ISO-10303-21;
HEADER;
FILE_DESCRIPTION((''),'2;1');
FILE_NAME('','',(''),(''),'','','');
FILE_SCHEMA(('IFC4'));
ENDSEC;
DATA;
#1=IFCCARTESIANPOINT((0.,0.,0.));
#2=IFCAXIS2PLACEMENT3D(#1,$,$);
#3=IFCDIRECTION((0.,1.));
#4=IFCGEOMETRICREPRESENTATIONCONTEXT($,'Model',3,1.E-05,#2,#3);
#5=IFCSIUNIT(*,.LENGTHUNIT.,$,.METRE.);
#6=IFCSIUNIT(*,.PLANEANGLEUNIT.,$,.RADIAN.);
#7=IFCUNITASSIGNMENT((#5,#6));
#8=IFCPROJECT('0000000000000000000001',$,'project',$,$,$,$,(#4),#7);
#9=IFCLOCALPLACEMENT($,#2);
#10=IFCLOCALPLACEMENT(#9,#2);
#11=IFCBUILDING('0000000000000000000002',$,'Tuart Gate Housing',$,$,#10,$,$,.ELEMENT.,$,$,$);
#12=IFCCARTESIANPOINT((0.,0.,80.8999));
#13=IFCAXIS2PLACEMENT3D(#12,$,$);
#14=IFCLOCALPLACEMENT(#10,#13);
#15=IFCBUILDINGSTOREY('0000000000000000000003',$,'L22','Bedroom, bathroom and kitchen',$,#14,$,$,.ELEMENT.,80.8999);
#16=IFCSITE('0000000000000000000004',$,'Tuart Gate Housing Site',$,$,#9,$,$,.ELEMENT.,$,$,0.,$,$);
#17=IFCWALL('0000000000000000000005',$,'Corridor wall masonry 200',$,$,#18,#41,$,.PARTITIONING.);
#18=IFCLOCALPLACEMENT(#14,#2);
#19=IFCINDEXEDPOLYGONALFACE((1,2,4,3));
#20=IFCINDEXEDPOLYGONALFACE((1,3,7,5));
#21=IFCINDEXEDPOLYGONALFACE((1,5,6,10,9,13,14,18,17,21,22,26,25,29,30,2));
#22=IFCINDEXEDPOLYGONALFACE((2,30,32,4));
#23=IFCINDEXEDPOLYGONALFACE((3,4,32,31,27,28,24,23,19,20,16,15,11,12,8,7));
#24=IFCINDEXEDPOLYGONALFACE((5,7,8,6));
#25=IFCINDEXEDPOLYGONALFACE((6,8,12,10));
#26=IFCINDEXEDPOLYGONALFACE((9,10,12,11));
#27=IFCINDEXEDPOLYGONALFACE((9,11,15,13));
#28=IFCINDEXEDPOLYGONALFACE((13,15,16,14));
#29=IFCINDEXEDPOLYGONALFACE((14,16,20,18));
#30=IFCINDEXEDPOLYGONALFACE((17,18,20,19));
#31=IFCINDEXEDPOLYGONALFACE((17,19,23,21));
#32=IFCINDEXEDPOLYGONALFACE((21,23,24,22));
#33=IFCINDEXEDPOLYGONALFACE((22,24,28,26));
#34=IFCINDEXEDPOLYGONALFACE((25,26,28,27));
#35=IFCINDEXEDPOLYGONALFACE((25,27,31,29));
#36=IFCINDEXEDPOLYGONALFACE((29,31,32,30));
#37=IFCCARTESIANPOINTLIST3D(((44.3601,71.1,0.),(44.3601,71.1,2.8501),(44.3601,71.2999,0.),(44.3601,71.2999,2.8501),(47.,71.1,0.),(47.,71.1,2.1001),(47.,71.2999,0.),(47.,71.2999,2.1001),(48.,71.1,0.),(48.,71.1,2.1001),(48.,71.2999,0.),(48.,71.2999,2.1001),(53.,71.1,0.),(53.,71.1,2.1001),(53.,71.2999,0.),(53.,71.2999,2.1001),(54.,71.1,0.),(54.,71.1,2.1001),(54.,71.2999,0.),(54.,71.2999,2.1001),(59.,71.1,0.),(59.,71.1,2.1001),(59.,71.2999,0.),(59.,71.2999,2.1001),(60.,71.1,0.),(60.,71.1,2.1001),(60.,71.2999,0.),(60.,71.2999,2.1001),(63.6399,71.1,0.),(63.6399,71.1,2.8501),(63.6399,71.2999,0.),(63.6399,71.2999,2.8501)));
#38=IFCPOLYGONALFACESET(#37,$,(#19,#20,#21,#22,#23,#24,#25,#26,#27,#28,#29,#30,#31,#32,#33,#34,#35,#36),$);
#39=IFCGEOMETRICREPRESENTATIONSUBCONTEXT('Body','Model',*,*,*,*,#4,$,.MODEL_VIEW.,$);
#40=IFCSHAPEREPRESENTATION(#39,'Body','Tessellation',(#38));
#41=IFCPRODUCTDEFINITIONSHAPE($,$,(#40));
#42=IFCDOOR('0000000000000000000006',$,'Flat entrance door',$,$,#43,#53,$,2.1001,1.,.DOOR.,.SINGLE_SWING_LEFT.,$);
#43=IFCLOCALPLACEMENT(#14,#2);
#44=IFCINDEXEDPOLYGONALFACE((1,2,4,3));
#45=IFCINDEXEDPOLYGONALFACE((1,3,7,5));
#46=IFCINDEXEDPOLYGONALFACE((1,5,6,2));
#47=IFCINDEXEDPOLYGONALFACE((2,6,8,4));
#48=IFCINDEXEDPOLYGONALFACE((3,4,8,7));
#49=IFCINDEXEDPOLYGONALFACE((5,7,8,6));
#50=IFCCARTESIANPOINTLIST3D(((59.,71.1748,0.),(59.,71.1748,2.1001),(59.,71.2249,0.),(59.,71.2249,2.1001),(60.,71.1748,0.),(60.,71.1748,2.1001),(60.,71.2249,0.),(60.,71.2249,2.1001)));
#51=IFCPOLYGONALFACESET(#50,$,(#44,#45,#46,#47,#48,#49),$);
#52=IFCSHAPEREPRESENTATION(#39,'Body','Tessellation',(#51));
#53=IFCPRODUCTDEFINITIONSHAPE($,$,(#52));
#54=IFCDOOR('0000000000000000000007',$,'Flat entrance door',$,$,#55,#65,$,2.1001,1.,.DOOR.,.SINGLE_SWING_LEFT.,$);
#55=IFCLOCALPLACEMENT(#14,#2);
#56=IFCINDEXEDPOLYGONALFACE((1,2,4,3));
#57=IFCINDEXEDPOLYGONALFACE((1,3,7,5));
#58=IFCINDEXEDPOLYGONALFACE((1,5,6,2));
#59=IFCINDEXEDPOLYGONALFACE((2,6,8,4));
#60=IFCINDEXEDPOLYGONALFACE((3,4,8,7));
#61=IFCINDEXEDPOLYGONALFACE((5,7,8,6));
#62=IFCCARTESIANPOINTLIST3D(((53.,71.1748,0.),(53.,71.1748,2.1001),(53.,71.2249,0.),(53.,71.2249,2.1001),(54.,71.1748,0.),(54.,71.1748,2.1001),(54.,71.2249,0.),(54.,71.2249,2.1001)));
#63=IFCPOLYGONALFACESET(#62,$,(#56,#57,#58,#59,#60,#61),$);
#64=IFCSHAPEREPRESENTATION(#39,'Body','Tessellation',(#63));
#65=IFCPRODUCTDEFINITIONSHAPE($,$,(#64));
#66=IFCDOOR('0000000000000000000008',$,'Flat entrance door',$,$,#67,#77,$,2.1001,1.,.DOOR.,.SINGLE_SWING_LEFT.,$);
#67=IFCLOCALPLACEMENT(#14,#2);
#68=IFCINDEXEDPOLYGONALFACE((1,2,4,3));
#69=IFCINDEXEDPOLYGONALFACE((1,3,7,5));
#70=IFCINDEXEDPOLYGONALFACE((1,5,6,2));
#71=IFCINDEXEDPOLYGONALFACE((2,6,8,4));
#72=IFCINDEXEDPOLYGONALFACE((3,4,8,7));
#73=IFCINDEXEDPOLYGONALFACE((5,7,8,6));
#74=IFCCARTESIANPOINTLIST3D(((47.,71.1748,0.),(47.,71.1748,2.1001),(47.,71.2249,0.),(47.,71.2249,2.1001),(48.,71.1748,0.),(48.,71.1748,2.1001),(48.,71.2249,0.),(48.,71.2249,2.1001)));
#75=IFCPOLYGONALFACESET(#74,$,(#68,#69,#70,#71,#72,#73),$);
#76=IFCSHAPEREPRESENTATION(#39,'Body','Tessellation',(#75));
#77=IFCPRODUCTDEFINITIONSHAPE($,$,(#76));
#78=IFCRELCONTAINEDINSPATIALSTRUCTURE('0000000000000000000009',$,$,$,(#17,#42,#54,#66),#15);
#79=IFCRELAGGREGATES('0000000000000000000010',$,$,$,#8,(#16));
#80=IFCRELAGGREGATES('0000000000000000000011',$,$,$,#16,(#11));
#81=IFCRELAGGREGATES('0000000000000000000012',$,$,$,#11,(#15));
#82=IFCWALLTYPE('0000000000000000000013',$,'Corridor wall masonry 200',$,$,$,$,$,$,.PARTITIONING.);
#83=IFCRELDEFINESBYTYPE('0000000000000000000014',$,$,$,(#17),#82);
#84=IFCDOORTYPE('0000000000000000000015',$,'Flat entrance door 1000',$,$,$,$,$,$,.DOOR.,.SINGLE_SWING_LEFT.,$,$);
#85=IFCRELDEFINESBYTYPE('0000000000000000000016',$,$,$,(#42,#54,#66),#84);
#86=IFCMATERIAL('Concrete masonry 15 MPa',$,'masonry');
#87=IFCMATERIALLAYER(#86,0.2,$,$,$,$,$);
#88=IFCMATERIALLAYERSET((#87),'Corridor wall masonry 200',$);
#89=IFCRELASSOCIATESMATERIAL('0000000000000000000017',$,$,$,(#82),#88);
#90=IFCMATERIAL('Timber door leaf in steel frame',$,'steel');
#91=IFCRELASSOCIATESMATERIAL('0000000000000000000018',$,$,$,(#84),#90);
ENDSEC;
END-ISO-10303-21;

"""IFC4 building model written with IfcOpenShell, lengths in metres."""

from ifc_helpers import new_model, si_unit, direction, frame, frame_2d, origin, place, context, subcontext, project, spatial, rectangle, extrude, material, layer, layer_set, type_object, element, fill, save


model = new_model("IFC4")

# Units and contexts
model_context = context("Model", 3, precision=1e-05, world=origin(), true_north=direction((0.0, 1.0)))
body_context = subcontext(model_context, "Body", "Model", "MODEL_VIEW")
ifc_project = project(units=[si_unit("LENGTHUNIT", "METRE"), si_unit("PLANEANGLEUNIT", "RADIAN")], contexts=[model_context])

# Site, building, storey
site_placement = place(None, origin())
site = spatial("IfcSite", under=ifc_project, at=site_placement, Name="Tuart Gate Housing Site", CompositionType="ELEMENT", RefElevation=0.0)
building_placement = place(site_placement, origin())
building = spatial("IfcBuilding", under=site, at=building_placement, Name="Tuart Gate Housing", CompositionType="ELEMENT")
storey_placement = place(building_placement, frame((0.0, 0.0, 80.8999)))
storey = spatial("IfcBuildingStorey", under=building, at=storey_placement, Name="L22", Description="Bedroom, bathroom and kitchen", CompositionType="ELEMENT", Elevation=80.8999)

# Wall, openings, doors
ifc_material_1 = material(Name="Concrete masonry 15 MPa", Category="masonry")
ifc_layer_1 = layer(ifc_material_1, 0.2)
ifc_layer_set_1 = layer_set([ifc_layer_1], Name="Corridor wall masonry 200")
wall_type_1 = type_object("IfcWallType", Name="Corridor wall masonry 200", PredefinedType="PARTITIONING", material=ifc_layer_set_1)
wall_1_placement = place(storey_placement, frame((44.3601, 71.2, 0.0), z_axis=(0.0, 0.0, 1.0), x_axis=(1.0, 0.0, 0.0)))
wall_1 = element("IfcWall", 1, at=wall_1_placement, inside=storey, type_object=wall_type_1, Name="Corridor wall masonry 200", PredefinedType="PARTITIONING", context=body_context, shape_type="SweptSolid", body=[
    extrude(rectangle(XDim=19.2798, YDim=0.2, at=frame_2d((9.6399, 0.0))), origin(), (0.0, 0.0, 1.0), 2.8501),
])
opening_1_placement = place(wall_1_placement, frame((14.6399, 0.0, 0.0)))
opening_1 = element("IfcOpeningElement", 2, at=opening_1_placement, cuts=wall_1, PredefinedType="OPENING", context=body_context, shape_type="SweptSolid", body=[
    extrude(rectangle(XDim=1.0, YDim=2.1001, at=frame_2d((0.5, 1.05))), frame((0.0, 0.1099, 0.0), z_axis=(0.0, -1.0, 0.0), x_axis=(1.0, 0.0, 0.0)), (0.0, 0.0, 1.0), 0.22),
])
opening_2_placement = place(wall_1_placement, frame((8.6399, 0.0, 0.0)))
opening_2 = element("IfcOpeningElement", 3, at=opening_2_placement, cuts=wall_1, PredefinedType="OPENING", context=body_context, shape_type="SweptSolid", body=[
    extrude(rectangle(XDim=1.0, YDim=2.1001, at=frame_2d((0.5, 1.05))), frame((0.0, 0.1099, 0.0), z_axis=(0.0, -1.0, 0.0), x_axis=(1.0, 0.0, 0.0)), (0.0, 0.0, 1.0), 0.22),
])
opening_3_placement = place(wall_1_placement, frame((2.6399, 0.0, 0.0)))
opening_3 = element("IfcOpeningElement", 4, at=opening_3_placement, cuts=wall_1, PredefinedType="OPENING", context=body_context, shape_type="SweptSolid", body=[
    extrude(rectangle(XDim=1.0, YDim=2.1001, at=frame_2d((0.5, 1.05))), frame((0.0, 0.1099, 0.0), z_axis=(0.0, -1.0, 0.0), x_axis=(1.0, 0.0, 0.0)), (0.0, 0.0, 1.0), 0.22),
])
ifc_material_2 = material(Name="Timber door leaf in steel frame", Category="steel")
door_type_1 = type_object("IfcDoorType", Name="Flat entrance door 1000", OperationType="SINGLE_SWING_LEFT", PredefinedType="DOOR", material=ifc_material_2)
door_1_placement = place(opening_1_placement, origin())
door_1 = element("IfcDoor", 5, at=door_1_placement, inside=storey, type_object=door_type_1, Name="Flat entrance door", OperationType="SINGLE_SWING_LEFT", OverallHeight=2.1001, OverallWidth=1.0, PredefinedType="DOOR", context=body_context, shape_type="SweptSolid", body=[
    extrude(rectangle(XDim=1.0, YDim=2.1001, at=frame_2d((0.5, 1.05))), frame((0.0, 0.0249, 0.0), z_axis=(0.0, -1.0, 0.0), x_axis=(1.0, 0.0, 0.0)), (0.0, 0.0, 1.0), 0.05),
])
fill(opening_1, door_1)
door_2_placement = place(opening_2_placement, origin())
door_2 = element("IfcDoor", 6, at=door_2_placement, inside=storey, type_object=door_type_1, Name="Flat entrance door", OperationType="SINGLE_SWING_LEFT", OverallHeight=2.1001, OverallWidth=1.0, PredefinedType="DOOR", context=body_context, shape_type="SweptSolid", body=[
    extrude(rectangle(XDim=1.0, YDim=2.1001, at=frame_2d((0.5, 1.05))), frame((0.0, 0.0249, 0.0), z_axis=(0.0, -1.0, 0.0), x_axis=(1.0, 0.0, 0.0)), (0.0, 0.0, 1.0), 0.05),
])
fill(opening_2, door_2)
door_3_placement = place(opening_3_placement, origin())
door_3 = element("IfcDoor", 7, at=door_3_placement, inside=storey, type_object=door_type_1, Name="Flat entrance door", OperationType="SINGLE_SWING_LEFT", OverallHeight=2.1001, OverallWidth=1.0, PredefinedType="DOOR", context=body_context, shape_type="SweptSolid", body=[
    extrude(rectangle(XDim=1.0, YDim=2.1001, at=frame_2d((0.5, 1.05))), frame((0.0, 0.0249, 0.0), z_axis=(0.0, -1.0, 0.0), x_axis=(1.0, 0.0, 0.0)), (0.0, 0.0, 1.0), 0.05),
])
fill(opening_3, door_3)

save(model, "model.ifc")
